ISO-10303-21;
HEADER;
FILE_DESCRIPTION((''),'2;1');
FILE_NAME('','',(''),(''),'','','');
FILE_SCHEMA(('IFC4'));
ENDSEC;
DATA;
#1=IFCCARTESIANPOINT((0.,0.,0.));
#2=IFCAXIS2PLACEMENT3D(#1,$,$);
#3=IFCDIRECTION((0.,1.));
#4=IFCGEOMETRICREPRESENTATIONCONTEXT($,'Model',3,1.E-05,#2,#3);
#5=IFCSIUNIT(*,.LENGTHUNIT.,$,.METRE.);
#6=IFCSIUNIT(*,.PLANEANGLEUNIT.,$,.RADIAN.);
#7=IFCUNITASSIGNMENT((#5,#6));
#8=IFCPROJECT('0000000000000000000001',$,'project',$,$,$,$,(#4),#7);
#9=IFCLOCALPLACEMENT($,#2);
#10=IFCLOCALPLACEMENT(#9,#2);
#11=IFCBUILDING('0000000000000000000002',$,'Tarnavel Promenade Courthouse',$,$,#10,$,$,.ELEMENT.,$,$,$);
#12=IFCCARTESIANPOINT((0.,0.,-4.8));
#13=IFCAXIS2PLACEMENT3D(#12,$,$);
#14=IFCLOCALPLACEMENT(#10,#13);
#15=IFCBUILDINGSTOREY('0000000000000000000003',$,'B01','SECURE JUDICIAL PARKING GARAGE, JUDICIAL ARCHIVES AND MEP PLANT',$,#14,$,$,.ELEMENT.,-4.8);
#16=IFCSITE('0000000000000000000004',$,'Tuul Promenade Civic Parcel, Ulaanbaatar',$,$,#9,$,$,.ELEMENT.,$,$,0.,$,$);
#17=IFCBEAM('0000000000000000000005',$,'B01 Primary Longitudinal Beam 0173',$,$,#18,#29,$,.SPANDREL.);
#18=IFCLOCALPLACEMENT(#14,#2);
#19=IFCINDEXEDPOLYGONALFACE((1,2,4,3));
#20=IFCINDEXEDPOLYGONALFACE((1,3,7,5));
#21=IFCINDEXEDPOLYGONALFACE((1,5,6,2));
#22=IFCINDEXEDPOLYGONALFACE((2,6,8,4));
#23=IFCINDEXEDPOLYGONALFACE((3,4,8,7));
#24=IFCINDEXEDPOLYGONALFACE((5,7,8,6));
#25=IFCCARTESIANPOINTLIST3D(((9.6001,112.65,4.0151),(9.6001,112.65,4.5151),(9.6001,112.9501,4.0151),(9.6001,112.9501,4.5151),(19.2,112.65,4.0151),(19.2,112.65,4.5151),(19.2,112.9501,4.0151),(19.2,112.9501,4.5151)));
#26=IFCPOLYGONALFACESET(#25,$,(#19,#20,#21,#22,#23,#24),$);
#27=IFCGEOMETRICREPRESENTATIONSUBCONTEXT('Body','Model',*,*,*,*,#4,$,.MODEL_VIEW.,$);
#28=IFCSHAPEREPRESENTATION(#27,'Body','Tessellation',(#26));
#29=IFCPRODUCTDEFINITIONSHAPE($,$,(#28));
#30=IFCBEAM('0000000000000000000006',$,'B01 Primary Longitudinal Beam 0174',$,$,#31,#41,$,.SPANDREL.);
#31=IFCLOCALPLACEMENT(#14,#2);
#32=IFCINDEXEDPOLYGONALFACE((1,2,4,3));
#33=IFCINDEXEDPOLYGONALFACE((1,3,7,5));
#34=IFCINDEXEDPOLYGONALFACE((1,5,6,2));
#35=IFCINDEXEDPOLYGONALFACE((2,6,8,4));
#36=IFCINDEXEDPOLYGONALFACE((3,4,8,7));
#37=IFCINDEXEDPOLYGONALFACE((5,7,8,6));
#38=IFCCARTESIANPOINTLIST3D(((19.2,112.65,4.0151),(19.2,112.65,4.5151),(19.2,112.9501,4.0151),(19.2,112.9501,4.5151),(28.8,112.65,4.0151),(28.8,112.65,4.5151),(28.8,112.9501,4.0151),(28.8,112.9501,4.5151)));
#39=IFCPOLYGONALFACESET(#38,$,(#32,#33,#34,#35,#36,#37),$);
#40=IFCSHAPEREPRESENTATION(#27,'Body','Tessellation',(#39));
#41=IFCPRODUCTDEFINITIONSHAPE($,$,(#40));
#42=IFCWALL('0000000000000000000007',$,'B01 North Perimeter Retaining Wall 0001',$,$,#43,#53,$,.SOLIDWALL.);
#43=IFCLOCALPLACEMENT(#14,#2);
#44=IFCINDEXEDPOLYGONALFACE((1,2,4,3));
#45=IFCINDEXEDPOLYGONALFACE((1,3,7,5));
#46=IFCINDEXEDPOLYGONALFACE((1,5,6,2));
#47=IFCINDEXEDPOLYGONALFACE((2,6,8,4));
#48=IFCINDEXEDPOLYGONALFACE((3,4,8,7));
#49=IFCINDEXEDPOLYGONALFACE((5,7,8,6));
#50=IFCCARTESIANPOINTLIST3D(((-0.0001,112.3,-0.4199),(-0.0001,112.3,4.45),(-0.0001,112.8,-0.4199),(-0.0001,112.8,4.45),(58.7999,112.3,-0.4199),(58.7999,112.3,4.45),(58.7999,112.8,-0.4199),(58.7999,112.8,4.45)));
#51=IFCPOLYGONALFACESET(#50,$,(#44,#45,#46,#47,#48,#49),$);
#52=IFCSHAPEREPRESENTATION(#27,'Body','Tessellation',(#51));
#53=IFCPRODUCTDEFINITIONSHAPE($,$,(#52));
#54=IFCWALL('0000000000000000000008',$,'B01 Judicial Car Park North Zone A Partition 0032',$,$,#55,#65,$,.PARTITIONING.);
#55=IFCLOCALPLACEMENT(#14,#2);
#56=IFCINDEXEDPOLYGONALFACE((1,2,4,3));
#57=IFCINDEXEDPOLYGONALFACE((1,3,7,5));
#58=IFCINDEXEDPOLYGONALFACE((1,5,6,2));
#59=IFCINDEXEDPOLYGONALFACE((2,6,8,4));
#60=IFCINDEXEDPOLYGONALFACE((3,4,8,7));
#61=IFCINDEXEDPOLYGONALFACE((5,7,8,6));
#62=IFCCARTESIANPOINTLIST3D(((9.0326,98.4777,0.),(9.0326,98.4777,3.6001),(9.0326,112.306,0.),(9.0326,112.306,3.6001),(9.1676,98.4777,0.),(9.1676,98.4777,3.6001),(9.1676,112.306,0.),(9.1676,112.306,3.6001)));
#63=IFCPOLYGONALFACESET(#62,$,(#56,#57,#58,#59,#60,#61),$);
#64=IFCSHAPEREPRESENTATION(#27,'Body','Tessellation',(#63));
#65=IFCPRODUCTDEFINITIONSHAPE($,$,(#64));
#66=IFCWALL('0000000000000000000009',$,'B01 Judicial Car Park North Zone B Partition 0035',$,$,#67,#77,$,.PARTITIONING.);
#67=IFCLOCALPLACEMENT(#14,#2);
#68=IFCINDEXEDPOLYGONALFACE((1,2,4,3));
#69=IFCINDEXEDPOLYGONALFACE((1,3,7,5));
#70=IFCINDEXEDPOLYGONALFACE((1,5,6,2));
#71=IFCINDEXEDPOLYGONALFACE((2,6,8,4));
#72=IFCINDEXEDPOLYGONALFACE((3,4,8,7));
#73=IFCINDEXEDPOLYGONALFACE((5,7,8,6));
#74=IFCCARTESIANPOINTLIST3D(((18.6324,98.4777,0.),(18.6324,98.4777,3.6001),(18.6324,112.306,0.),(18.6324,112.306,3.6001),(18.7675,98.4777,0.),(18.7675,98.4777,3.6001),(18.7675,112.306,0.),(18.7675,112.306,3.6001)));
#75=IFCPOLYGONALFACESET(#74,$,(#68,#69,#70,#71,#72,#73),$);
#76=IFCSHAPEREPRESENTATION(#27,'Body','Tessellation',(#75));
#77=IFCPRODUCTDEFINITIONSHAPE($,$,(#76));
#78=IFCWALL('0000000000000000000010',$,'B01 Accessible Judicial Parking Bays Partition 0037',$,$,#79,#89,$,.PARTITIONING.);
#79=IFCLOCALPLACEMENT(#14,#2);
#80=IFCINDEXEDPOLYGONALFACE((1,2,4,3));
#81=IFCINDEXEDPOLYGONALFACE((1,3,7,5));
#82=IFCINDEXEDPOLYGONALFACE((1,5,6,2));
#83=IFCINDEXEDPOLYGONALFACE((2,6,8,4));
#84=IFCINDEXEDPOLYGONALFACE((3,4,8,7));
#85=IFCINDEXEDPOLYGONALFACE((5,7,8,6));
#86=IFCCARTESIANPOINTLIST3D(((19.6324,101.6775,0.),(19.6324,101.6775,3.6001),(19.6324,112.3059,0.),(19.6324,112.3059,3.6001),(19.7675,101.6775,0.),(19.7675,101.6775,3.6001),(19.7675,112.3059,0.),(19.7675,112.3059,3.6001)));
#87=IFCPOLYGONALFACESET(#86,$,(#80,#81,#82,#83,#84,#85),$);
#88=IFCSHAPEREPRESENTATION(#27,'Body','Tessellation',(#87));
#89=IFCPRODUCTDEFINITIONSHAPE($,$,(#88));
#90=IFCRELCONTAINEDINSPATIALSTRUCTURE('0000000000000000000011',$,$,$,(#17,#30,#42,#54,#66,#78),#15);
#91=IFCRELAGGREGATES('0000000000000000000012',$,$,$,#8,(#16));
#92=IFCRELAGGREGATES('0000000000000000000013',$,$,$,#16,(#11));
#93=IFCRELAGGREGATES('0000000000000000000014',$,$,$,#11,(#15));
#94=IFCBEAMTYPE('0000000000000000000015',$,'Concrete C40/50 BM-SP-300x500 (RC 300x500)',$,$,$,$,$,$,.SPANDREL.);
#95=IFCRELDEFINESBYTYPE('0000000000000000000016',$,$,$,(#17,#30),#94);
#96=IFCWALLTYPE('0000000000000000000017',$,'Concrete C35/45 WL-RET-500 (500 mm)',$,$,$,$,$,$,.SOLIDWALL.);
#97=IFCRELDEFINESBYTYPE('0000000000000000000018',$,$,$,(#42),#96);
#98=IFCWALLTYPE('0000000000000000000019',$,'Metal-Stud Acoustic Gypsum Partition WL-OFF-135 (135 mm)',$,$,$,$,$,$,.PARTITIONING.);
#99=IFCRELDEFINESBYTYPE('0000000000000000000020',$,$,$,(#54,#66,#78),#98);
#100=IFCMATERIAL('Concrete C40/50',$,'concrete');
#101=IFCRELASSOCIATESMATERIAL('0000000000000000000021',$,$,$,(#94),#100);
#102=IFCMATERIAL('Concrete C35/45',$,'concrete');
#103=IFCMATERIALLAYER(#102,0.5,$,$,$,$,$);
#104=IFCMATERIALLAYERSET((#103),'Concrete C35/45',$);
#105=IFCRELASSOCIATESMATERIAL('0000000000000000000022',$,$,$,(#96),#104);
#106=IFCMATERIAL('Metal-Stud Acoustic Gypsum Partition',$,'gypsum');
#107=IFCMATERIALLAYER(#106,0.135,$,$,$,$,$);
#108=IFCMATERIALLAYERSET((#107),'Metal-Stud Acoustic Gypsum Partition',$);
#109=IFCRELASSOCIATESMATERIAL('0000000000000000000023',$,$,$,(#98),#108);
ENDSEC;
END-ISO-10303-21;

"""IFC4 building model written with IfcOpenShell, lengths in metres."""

from ifc_helpers import new_model, si_unit, direction, frame, frame_2d, origin, origin_2d, place, context, subcontext, project, spatial, rectangle, extrude, material, layer, layer_set, material_profile, profile_set, type_object, element, save


model = new_model("IFC4")

# Units and contexts
model_context = context("Model", 3, precision=1e-05, world=origin(), true_north=direction((0.0, 1.0)))
body_context = subcontext(model_context, "Body", "Model", "MODEL_VIEW")
ifc_project = project(units=[si_unit("LENGTHUNIT", "METRE"), si_unit("PLANEANGLEUNIT", "RADIAN")], contexts=[model_context])

# Site, building, storey
site_placement = place(None, origin())
site = spatial("IfcSite", under=ifc_project, at=site_placement, Name="Tuul Promenade Civic Parcel, Ulaanbaatar", CompositionType="ELEMENT", RefElevation=0.0)
building_placement = place(site_placement, origin())
building = spatial("IfcBuilding", under=site, at=building_placement, Name="Tarnavel Promenade Courthouse", CompositionType="ELEMENT")
storey_placement = place(building_placement, frame((0.0, 0.0, -4.8)))
storey = spatial("IfcBuildingStorey", under=building, at=storey_placement, Name="B01", Description="SECURE JUDICIAL PARKING GARAGE, JUDICIAL ARCHIVES AND MEP PLANT", CompositionType="ELEMENT", Elevation=-4.8)

# Shared definitions
ifc_material_1 = material(Name="Concrete C35/45", Category="concrete")

# Shared definitions
ifc_material_2 = material(Name="Concrete C40/50", Category="concrete")

# Beams
ifc_material_profile_1 = material_profile(ifc_material_2, rectangle(XDim=0.3, YDim=0.5, at=origin_2d()), Name="RC 300x500")
ifc_profile_set_1 = profile_set([ifc_material_profile_1], Name="Concrete C40/50")
beam_type_1 = type_object("IfcBeamType", Name="Concrete C40/50 BM-SP-300x500 (RC 300x500)", PredefinedType="SPANDREL", material=ifc_profile_set_1)
beam_1_placement = place(storey_placement, frame((9.6001, 112.8, 4.2651), z_axis=(1.0, 0.0, 0.0), x_axis=(0.0, 1.0, 0.0)))
element("IfcBeam", 1, at=beam_1_placement, inside=storey, type_object=beam_type_1, Name="B01 Primary Longitudinal Beam 0173", PredefinedType="SPANDREL", context=body_context, shape_type="SweptSolid", body=[
    extrude(rectangle(XDim=0.3, YDim=0.5, at=origin_2d()), origin(), (0.0, 0.0, 1.0), 9.5999),
])
beam_2_placement = place(storey_placement, frame((19.2, 112.8, 4.2651), z_axis=(1.0, 0.0, 0.0), x_axis=(0.0, 1.0, 0.0)))
element("IfcBeam", 2, at=beam_2_placement, inside=storey, type_object=beam_type_1, Name="B01 Primary Longitudinal Beam 0174", PredefinedType="SPANDREL", context=body_context, shape_type="SweptSolid", body=[
    extrude(rectangle(XDim=0.3, YDim=0.5, at=origin_2d()), origin(), (0.0, 0.0, 1.0), 9.6001),
])

# Walls
ifc_layer_1 = layer(ifc_material_1, 0.5)
ifc_layer_set_1 = layer_set([ifc_layer_1], Name="Concrete C35/45")
wall_type_1 = type_object("IfcWallType", Name="Concrete C35/45 WL-RET-500 (500 mm)", PredefinedType="SOLIDWALL", material=ifc_layer_set_1)
wall_1_placement = place(storey_placement, frame((0.0, 112.55, -0.4199), z_axis=(0.0, 0.0, 1.0), x_axis=(1.0, 0.0, 0.0)))
element("IfcWall", 3, at=wall_1_placement, inside=storey, type_object=wall_type_1, Name="B01 North Perimeter Retaining Wall 0001", PredefinedType="SOLIDWALL", context=body_context, shape_type="SweptSolid", body=[
    extrude(rectangle(XDim=58.8, YDim=0.5, at=frame_2d((29.3999, 0.0))), origin(), (0.0, 0.0, 1.0), 4.8699),
])
ifc_material_3 = material(Name="Metal-Stud Acoustic Gypsum Partition", Category="gypsum")
ifc_layer_2 = layer(ifc_material_3, 0.135)
ifc_layer_set_2 = layer_set([ifc_layer_2], Name="Metal-Stud Acoustic Gypsum Partition")
wall_type_2 = type_object("IfcWallType", Name="Metal-Stud Acoustic Gypsum Partition WL-OFF-135 (135 mm)", PredefinedType="PARTITIONING", material=ifc_layer_set_2)
for number, where, z_axis, x_axis, name in (
    (4, (9.1001, 112.3059, 0.0), (0.0, 0.0, 1.0), (0.0, -1.0, 0.0), "B01 Judicial Car Park North Zone A Partition 0032"),
    (5, (18.7, 112.3059, 0.0), (0.0, 0.0, 1.0), (0.0, -1.0, 0.0), "B01 Judicial Car Park North Zone B Partition 0035"),
):
    element("IfcWall", number, at=place(storey_placement, frame(where, z_axis=z_axis, x_axis=x_axis)), inside=storey, type_object=wall_type_2, Name=name, PredefinedType="PARTITIONING", context=body_context, shape_type="SweptSolid", body=[
        extrude(rectangle(XDim=13.8284, YDim=0.135, at=frame_2d((6.9141, 0.0))), origin(), (0.0, 0.0, 1.0), 3.6001),
    ])
wall_2_placement = place(storey_placement, frame((19.7, 101.6775, 0.0), z_axis=(0.0, 0.0, 1.0), x_axis=(0.0, 1.0, 0.0)))
element("IfcWall", 6, at=wall_2_placement, inside=storey, type_object=wall_type_2, Name="B01 Accessible Judicial Parking Bays Partition 0037", PredefinedType="PARTITIONING", context=body_context, shape_type="SweptSolid", body=[
    extrude(rectangle(XDim=10.6284, YDim=0.135, at=frame_2d((5.3142, 0.0))), origin(), (0.0, 0.0, 1.0), 3.6001),
])

save(model, "model.ifc")
